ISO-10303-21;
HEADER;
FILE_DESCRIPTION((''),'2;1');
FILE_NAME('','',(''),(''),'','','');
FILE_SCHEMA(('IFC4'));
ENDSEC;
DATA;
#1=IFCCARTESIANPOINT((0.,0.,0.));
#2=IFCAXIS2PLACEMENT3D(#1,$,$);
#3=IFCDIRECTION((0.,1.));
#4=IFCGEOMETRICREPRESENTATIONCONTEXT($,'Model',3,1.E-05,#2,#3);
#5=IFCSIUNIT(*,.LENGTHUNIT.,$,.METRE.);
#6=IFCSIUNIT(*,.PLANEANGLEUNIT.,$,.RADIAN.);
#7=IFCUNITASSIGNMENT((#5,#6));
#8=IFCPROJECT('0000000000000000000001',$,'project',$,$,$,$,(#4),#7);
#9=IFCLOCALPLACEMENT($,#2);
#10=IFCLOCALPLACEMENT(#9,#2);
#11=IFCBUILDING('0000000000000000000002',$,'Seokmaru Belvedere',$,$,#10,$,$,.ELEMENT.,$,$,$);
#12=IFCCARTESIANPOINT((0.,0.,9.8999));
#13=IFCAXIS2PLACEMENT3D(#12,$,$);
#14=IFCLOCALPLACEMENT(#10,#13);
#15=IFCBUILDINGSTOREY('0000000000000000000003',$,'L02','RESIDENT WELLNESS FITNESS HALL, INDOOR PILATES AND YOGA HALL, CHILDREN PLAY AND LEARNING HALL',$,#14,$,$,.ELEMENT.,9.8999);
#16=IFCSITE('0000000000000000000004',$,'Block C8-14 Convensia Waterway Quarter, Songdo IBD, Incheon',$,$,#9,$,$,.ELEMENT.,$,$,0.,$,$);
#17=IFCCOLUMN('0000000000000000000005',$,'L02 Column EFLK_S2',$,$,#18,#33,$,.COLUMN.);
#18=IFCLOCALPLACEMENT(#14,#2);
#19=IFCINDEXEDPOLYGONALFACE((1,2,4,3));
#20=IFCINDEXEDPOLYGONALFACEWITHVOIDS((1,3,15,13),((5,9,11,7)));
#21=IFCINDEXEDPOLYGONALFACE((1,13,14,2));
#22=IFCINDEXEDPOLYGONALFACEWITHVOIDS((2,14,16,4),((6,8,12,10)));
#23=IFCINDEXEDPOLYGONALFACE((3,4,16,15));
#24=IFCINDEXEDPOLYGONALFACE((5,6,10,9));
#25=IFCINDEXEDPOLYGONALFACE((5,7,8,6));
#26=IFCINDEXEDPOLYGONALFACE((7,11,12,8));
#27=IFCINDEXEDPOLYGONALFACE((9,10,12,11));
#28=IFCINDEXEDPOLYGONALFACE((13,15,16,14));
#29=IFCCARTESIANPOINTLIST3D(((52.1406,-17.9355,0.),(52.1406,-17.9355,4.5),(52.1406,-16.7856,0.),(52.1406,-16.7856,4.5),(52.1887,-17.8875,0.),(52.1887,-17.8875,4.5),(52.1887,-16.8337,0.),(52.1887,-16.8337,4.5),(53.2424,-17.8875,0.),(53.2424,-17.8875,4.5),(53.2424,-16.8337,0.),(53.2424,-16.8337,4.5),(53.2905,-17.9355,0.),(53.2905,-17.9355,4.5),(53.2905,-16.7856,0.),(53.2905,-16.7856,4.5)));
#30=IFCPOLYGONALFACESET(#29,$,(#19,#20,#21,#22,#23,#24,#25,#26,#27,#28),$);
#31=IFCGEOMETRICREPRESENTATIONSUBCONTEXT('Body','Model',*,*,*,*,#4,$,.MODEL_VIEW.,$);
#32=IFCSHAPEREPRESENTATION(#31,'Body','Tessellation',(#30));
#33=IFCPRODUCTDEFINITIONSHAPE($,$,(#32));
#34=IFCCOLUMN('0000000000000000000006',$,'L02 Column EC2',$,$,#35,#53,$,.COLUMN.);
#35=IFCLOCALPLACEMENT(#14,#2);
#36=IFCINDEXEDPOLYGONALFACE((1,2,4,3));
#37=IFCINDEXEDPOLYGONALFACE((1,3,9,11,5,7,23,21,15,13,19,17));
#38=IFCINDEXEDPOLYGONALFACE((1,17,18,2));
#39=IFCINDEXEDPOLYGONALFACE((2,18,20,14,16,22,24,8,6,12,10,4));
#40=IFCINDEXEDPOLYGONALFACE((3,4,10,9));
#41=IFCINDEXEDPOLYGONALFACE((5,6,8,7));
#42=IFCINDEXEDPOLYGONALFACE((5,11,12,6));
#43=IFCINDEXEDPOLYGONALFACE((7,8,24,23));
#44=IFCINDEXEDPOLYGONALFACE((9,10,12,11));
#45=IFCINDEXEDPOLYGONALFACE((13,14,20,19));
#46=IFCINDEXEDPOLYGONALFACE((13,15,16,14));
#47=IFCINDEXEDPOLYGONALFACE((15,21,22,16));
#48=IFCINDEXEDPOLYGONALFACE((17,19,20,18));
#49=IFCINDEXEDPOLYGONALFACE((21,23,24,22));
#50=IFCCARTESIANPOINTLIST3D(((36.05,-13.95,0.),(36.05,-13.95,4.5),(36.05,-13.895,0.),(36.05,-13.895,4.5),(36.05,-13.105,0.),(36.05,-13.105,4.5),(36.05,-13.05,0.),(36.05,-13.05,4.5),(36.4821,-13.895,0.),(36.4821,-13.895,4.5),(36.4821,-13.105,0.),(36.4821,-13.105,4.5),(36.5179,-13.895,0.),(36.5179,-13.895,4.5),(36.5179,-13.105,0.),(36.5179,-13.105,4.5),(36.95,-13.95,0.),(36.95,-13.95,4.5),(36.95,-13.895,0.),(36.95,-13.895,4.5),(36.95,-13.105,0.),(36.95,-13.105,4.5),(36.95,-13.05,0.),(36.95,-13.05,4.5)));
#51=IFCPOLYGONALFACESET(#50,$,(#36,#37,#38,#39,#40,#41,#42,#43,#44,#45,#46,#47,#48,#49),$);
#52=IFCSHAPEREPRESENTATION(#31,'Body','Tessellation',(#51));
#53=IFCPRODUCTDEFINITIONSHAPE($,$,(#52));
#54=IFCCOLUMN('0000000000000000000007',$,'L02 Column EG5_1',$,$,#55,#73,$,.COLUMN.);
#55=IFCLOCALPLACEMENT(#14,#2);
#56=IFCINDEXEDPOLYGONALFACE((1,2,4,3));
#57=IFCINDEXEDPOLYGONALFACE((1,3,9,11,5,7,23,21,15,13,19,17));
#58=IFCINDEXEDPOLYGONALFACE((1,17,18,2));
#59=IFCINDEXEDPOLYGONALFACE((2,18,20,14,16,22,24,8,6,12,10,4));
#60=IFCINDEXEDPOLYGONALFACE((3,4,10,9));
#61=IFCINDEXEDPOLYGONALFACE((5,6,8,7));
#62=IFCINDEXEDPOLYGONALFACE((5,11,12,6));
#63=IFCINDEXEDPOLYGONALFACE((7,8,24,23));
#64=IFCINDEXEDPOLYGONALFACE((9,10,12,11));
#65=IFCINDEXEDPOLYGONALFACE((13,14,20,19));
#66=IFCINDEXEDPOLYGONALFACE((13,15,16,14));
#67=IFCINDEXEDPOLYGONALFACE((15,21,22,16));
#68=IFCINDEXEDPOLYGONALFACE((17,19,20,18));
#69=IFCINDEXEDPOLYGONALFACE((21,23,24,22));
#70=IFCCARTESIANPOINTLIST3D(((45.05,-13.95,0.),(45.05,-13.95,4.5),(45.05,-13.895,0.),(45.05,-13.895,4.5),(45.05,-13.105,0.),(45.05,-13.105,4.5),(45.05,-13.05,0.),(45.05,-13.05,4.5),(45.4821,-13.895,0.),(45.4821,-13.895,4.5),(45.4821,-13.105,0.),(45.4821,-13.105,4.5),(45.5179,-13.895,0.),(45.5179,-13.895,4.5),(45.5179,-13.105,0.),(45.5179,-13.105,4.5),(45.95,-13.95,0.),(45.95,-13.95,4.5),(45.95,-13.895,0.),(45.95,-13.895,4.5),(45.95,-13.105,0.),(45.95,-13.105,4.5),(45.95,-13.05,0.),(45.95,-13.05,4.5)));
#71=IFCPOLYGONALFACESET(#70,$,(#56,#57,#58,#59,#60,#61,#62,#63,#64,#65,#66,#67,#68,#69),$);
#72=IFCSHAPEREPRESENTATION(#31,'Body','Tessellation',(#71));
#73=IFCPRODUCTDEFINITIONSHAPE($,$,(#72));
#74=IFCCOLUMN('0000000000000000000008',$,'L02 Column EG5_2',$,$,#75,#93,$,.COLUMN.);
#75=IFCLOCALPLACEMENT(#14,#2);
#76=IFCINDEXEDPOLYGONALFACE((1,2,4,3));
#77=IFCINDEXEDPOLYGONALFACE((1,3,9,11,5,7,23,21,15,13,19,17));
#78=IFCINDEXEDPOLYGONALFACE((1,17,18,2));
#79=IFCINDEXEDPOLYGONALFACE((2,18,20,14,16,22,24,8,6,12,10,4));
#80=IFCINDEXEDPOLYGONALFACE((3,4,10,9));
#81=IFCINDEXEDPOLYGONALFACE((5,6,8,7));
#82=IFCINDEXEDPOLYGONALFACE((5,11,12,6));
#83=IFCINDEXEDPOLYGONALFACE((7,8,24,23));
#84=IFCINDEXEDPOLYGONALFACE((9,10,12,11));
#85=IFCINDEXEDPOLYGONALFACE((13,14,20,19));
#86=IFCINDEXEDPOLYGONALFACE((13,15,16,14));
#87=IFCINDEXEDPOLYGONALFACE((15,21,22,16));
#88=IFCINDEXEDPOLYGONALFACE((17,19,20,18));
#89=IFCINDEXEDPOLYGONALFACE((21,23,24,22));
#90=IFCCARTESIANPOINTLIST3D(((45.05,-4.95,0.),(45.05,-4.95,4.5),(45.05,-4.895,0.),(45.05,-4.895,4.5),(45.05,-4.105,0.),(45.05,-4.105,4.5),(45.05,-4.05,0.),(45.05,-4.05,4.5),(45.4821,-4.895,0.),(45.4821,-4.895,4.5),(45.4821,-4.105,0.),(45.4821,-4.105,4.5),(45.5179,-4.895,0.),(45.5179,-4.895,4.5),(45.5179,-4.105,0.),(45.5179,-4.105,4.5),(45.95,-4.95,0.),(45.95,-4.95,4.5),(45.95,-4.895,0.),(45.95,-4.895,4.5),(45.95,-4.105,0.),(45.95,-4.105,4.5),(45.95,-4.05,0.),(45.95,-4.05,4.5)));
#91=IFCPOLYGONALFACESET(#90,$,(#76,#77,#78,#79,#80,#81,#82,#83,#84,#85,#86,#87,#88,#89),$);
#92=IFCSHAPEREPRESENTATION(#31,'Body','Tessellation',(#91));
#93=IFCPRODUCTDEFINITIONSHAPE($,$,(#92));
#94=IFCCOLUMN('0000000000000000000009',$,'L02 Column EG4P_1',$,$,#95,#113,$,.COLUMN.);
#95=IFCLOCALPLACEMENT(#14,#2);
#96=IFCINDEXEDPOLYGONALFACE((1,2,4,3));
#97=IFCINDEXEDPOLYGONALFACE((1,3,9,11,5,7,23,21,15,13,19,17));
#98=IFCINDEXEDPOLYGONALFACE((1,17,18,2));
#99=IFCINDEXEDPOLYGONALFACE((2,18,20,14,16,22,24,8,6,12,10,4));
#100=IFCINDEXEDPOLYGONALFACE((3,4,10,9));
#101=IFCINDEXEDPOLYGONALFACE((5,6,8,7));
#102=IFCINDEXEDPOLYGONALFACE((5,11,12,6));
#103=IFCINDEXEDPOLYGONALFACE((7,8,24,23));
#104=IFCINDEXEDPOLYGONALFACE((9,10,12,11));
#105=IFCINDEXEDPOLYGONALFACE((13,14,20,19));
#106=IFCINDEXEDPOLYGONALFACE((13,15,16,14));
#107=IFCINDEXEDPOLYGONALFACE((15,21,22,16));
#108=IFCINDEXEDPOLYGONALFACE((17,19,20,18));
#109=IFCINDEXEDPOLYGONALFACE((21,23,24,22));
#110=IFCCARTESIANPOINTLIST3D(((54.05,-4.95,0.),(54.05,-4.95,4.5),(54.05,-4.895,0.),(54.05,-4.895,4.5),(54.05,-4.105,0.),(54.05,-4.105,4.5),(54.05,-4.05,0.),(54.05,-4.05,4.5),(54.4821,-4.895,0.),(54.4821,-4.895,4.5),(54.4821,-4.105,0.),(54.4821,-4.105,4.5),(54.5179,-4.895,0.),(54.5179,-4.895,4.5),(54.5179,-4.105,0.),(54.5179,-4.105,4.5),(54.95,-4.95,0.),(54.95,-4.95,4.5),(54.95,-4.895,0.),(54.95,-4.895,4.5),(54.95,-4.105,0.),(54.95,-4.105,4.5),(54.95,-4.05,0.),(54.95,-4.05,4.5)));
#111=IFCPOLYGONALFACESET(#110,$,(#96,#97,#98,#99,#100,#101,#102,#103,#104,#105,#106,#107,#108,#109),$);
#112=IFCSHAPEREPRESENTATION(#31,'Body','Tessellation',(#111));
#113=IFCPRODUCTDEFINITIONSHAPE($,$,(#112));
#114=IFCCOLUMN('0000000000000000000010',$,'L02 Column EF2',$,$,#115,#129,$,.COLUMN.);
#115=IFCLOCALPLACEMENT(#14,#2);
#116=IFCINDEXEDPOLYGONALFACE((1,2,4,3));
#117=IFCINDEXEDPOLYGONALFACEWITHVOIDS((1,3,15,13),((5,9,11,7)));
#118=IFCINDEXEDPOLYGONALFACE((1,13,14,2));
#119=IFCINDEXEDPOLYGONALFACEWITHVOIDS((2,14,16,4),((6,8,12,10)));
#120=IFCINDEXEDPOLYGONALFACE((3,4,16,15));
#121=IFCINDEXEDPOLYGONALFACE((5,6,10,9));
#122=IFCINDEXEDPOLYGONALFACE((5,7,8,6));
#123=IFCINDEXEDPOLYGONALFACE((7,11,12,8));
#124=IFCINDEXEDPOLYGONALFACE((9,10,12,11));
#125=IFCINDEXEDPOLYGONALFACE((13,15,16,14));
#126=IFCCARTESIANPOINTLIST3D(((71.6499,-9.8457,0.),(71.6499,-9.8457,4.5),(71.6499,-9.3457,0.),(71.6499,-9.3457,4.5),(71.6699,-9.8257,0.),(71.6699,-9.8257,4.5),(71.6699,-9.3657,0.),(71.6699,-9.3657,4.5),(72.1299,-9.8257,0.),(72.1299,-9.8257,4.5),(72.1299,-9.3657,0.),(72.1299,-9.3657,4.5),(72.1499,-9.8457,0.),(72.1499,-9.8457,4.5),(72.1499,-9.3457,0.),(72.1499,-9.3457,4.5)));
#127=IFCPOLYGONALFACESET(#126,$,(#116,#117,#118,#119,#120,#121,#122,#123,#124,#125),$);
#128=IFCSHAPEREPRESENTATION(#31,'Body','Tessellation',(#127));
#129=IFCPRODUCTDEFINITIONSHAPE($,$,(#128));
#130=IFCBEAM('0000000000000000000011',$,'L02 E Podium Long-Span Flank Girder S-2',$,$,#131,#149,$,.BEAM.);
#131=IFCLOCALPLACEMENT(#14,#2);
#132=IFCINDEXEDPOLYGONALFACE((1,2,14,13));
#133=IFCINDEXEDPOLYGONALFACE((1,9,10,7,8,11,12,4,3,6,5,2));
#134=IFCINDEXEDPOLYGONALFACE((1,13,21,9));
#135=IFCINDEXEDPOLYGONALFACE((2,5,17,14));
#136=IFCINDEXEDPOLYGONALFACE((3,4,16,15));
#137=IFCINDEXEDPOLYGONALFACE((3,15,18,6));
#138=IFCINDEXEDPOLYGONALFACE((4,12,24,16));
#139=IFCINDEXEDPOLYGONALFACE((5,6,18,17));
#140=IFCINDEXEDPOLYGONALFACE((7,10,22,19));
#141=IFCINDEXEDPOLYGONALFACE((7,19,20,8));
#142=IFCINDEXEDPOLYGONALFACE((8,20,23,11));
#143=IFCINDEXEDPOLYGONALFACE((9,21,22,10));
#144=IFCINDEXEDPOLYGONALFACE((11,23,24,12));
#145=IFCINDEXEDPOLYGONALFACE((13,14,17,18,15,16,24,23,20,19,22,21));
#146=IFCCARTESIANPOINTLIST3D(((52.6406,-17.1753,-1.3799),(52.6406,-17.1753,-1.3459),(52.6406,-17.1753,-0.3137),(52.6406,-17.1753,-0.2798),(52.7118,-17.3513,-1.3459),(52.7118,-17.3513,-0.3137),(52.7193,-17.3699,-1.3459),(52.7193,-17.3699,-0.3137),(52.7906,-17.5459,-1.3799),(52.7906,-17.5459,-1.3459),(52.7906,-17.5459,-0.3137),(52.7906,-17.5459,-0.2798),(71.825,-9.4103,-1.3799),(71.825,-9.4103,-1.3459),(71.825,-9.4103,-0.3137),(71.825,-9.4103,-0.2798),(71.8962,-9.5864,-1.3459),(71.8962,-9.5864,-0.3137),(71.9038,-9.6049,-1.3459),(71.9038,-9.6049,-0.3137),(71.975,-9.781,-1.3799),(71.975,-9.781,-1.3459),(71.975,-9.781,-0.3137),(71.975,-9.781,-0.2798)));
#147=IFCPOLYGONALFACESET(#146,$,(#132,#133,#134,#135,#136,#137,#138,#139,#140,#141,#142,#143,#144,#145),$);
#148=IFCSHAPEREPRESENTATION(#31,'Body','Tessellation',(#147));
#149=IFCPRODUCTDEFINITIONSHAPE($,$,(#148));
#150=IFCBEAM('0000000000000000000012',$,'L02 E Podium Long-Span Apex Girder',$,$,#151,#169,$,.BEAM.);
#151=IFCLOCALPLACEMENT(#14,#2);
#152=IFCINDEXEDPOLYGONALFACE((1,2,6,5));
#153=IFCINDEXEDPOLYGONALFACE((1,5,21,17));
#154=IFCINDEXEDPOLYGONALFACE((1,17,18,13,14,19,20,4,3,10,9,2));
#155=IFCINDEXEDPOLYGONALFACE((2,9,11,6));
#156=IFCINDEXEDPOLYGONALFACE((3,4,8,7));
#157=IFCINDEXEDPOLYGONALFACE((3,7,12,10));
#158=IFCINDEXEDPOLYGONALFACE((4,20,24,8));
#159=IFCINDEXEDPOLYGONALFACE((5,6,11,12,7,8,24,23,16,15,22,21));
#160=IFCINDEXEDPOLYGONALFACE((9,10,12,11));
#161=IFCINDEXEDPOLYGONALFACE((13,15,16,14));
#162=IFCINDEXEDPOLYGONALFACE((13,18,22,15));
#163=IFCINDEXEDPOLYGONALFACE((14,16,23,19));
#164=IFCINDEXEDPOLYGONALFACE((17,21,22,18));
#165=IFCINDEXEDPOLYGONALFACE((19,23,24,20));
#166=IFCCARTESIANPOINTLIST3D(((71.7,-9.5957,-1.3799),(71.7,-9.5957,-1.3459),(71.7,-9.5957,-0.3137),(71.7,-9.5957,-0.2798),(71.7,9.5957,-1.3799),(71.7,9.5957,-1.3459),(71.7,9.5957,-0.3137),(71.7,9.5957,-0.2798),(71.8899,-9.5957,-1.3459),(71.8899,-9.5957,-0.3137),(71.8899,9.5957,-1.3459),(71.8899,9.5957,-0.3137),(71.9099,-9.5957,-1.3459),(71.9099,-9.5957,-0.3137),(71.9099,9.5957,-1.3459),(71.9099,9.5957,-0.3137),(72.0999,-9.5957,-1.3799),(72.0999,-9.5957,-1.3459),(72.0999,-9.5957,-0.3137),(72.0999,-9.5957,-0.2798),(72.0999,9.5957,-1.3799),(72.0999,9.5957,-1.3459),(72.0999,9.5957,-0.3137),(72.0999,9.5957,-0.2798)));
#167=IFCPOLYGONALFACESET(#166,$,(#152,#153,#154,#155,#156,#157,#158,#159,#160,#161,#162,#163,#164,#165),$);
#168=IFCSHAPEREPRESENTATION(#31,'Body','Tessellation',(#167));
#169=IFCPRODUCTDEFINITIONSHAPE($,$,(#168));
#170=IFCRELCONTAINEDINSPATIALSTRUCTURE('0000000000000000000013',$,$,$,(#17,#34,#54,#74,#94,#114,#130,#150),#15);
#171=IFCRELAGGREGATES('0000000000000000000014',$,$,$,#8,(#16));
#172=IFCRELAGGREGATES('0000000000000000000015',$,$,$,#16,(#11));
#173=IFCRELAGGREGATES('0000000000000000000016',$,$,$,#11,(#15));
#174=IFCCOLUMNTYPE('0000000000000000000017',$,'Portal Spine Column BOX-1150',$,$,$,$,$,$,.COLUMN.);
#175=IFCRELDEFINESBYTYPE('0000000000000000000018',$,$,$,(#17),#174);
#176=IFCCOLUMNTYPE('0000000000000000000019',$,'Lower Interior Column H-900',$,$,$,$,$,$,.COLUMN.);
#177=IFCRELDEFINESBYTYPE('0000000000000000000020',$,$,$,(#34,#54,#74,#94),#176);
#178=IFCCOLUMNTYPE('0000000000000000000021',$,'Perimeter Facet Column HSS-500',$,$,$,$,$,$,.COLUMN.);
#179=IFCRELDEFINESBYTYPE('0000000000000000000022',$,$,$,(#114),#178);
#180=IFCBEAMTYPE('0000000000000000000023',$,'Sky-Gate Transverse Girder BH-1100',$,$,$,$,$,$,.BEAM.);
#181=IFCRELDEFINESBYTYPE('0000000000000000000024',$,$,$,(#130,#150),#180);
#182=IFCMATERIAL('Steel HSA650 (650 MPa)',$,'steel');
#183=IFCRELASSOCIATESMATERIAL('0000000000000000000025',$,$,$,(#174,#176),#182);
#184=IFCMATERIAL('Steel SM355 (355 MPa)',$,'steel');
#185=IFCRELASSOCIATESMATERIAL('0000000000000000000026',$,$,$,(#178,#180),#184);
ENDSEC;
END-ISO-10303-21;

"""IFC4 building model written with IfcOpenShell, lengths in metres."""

from ifc_helpers import new_model, si_unit, direction, frame, origin, origin_2d, place, context, subcontext, project, spatial, hollow_rectangle, i_section, extrude, source, transform, mapped, material, material_profile, profile_set, type_object, type_shapes, element, save


model = new_model("IFC4")

# Units and contexts
model_context = context("Model", 3, precision=1e-05, world=origin(), true_north=direction((0.0, 1.0)))
body_context = subcontext(model_context, "Body", "Model", "MODEL_VIEW")
ifc_project = project(units=[si_unit("LENGTHUNIT", "METRE"), si_unit("PLANEANGLEUNIT", "RADIAN")], contexts=[model_context])

# Site, building, storey
site_placement = place(None, origin())
site = spatial("IfcSite", under=ifc_project, at=site_placement, Name="Block C8-14 Convensia Waterway Quarter, Songdo IBD, Incheon", CompositionType="ELEMENT", RefElevation=0.0)
building_placement = place(site_placement, origin())
building = spatial("IfcBuilding", under=site, at=building_placement, Name="Seokmaru Belvedere", CompositionType="ELEMENT")
storey_placement = place(building_placement, frame((0.0, 0.0, 9.8999)))
storey = spatial("IfcBuildingStorey", under=building, at=storey_placement, Name="L02", Description="RESIDENT WELLNESS FITNESS HALL, INDOOR PILATES AND YOGA HALL, CHILDREN PLAY AND LEARNING HALL", CompositionType="ELEMENT", Elevation=9.8999)

# Columns
ifc_material_1 = material(Name="Steel HSA650 (650 MPa)", Category="steel")
ifc_material_profile_1 = material_profile(ifc_material_1, hollow_rectangle(XDim=1.1499, YDim=1.1499, WallThickness=0.0481, at=origin_2d()), Name="BOX-1150x1150x48")
ifc_profile_set_1 = profile_set([ifc_material_profile_1], Name="Steel HSA650 (650 MPa)")
column_type_1 = type_object("IfcColumnType", Name="Portal Spine Column BOX-1150", PredefinedType="COLUMN", material=ifc_profile_set_1)
shared_shape_1 = source(origin(), body_context, "Body", "SweptSolid", [
    extrude(hollow_rectangle(XDim=1.1499, YDim=1.1499, WallThickness=0.0481, at=origin_2d()), origin(), (0.0, 0.0, 1.0), 4.5),
])
type_shapes(column_type_1, [shared_shape_1])
column_1_placement = place(storey_placement, frame((52.7156, -17.3606, 0.0), z_axis=(0.0, 0.0, 1.0), x_axis=(1.0, 0.0, 0.0)))
element("IfcColumn", 1, at=column_1_placement, inside=storey, type_object=column_type_1, Name="L02 Column EFLK_S2", PredefinedType="COLUMN", context=body_context, shape_type="MappedRepresentation", body=[
    mapped(shared_shape_1, transform((0.0, 0.0, 0.0), scale=1.0)),
])
ifc_material_profile_2 = material_profile(ifc_material_1, i_section(OverallWidth=0.8999, OverallDepth=0.8999, WebThickness=0.0359, FlangeThickness=0.0549, at=origin_2d()), Name="H-900x900x36x55")
ifc_profile_set_2 = profile_set([ifc_material_profile_2], Name="Steel HSA650 (650 MPa)")
column_type_2 = type_object("IfcColumnType", Name="Lower Interior Column H-900", PredefinedType="COLUMN", material=ifc_profile_set_2)
shared_shape_2 = source(origin(), body_context, "Body", "SweptSolid", [
    extrude(i_section(OverallWidth=0.8999, OverallDepth=0.8999, WebThickness=0.0359, FlangeThickness=0.0549, at=origin_2d()), origin(), (0.0, 0.0, 1.0), 4.5),
])
type_shapes(column_type_2, [shared_shape_2])
for number, where, z_axis, x_axis, name in (
    (2, (36.5, -13.5, 0.0), (0.0, 0.0, 1.0), (1.0, 0.0, 0.0), "L02 Column EC2"),
    (3, (45.5, -13.5, 0.0), (0.0, 0.0, 1.0), (1.0, 0.0, 0.0), "L02 Column EG5_1"),
    (4, (45.5, -4.5, 0.0), (0.0, 0.0, 1.0), (1.0, 0.0, 0.0), "L02 Column EG5_2"),
    (5, (54.5, -4.5, 0.0), (0.0, 0.0, 1.0), (1.0, 0.0, 0.0), "L02 Column EG4P_1"),
):
    element("IfcColumn", number, at=place(storey_placement, frame(where, z_axis=z_axis, x_axis=x_axis)), inside=storey, type_object=column_type_2, Name=name, PredefinedType="COLUMN", context=body_context, shape_type="MappedRepresentation", body=[
        mapped(shared_shape_2, transform((0.0, 0.0, 0.0), scale=1.0)),
    ])
ifc_material_2 = material(Name="Steel SM355 (355 MPa)", Category="steel")
ifc_material_profile_3 = material_profile(ifc_material_2, hollow_rectangle(XDim=0.5, YDim=0.5, WallThickness=0.02, at=origin_2d()), Name="HSS-500x500x20")
ifc_profile_set_3 = profile_set([ifc_material_profile_3], Name="Steel SM355 (355 MPa)")
column_type_3 = type_object("IfcColumnType", Name="Perimeter Facet Column HSS-500", PredefinedType="COLUMN", material=ifc_profile_set_3)
shared_shape_3 = source(origin(), body_context, "Body", "SweptSolid", [
    extrude(hollow_rectangle(XDim=0.5, YDim=0.5, WallThickness=0.02, at=origin_2d()), origin(), (0.0, 0.0, 1.0), 4.5),
])
type_shapes(column_type_3, [shared_shape_3])
column_2_placement = place(storey_placement, frame((71.8999, -9.5957, 0.0), z_axis=(0.0, 0.0, 1.0), x_axis=(1.0, 0.0, 0.0)))
element("IfcColumn", 6, at=column_2_placement, inside=storey, type_object=column_type_3, Name="L02 Column EF2", PredefinedType="COLUMN", context=body_context, shape_type="MappedRepresentation", body=[
    mapped(shared_shape_3, transform((0.0, 0.0, 0.0), scale=1.0)),
])

# Beams
ifc_material_profile_4 = material_profile(ifc_material_2, i_section(OverallWidth=0.3999, OverallDepth=1.1001, WebThickness=0.02, FlangeThickness=0.0339, at=origin_2d()), Name="BH-1100x400x20x34")
ifc_profile_set_4 = profile_set([ifc_material_profile_4], Name="Steel SM355 (355 MPa)")
beam_type_1 = type_object("IfcBeamType", Name="Sky-Gate Transverse Girder BH-1100", PredefinedType="BEAM", material=ifc_profile_set_4)
shared_shape_4 = source(origin(), body_context, "Body", "SweptSolid", [
    extrude(i_section(OverallWidth=0.3999, OverallDepth=1.1001, WebThickness=0.02, FlangeThickness=0.0339, at=origin_2d()), origin(), (0.0, 0.0, 1.0), 20.6963),
])
beam_1_placement = place(storey_placement, frame((52.7156, -17.3606, -0.8298), z_axis=(0.92695, 0.375185, 0.0), x_axis=(-0.375185, 0.92695, 0.0)))
element("IfcBeam", 7, at=beam_1_placement, inside=storey, type_object=beam_type_1, Name="L02 E Podium Long-Span Flank Girder S-2", PredefinedType="BEAM", context=body_context, shape_type="MappedRepresentation", body=[
    mapped(shared_shape_4, transform((0.0, 0.0, 0.0), scale=1.0)),
])
shared_shape_5 = source(origin(), body_context, "Body", "SweptSolid", [
    extrude(i_section(OverallWidth=0.3999, OverallDepth=1.1001, WebThickness=0.02, FlangeThickness=0.0339, at=origin_2d()), origin(), (0.0, 0.0, 1.0), 19.1914),
])
type_shapes(beam_type_1, [shared_shape_4, shared_shape_5])
beam_2_placement = place(storey_placement, frame((71.8999, -9.5957, -0.8298), z_axis=(0.0, 1.0, 0.0), x_axis=(-1.0, 0.0, 0.0)))
element("IfcBeam", 8, at=beam_2_placement, inside=storey, type_object=beam_type_1, Name="L02 E Podium Long-Span Apex Girder", PredefinedType="BEAM", context=body_context, shape_type="MappedRepresentation", body=[
    mapped(shared_shape_5, transform((0.0, 0.0, 0.0), scale=1.0)),
])

save(model, "model.ifc")
